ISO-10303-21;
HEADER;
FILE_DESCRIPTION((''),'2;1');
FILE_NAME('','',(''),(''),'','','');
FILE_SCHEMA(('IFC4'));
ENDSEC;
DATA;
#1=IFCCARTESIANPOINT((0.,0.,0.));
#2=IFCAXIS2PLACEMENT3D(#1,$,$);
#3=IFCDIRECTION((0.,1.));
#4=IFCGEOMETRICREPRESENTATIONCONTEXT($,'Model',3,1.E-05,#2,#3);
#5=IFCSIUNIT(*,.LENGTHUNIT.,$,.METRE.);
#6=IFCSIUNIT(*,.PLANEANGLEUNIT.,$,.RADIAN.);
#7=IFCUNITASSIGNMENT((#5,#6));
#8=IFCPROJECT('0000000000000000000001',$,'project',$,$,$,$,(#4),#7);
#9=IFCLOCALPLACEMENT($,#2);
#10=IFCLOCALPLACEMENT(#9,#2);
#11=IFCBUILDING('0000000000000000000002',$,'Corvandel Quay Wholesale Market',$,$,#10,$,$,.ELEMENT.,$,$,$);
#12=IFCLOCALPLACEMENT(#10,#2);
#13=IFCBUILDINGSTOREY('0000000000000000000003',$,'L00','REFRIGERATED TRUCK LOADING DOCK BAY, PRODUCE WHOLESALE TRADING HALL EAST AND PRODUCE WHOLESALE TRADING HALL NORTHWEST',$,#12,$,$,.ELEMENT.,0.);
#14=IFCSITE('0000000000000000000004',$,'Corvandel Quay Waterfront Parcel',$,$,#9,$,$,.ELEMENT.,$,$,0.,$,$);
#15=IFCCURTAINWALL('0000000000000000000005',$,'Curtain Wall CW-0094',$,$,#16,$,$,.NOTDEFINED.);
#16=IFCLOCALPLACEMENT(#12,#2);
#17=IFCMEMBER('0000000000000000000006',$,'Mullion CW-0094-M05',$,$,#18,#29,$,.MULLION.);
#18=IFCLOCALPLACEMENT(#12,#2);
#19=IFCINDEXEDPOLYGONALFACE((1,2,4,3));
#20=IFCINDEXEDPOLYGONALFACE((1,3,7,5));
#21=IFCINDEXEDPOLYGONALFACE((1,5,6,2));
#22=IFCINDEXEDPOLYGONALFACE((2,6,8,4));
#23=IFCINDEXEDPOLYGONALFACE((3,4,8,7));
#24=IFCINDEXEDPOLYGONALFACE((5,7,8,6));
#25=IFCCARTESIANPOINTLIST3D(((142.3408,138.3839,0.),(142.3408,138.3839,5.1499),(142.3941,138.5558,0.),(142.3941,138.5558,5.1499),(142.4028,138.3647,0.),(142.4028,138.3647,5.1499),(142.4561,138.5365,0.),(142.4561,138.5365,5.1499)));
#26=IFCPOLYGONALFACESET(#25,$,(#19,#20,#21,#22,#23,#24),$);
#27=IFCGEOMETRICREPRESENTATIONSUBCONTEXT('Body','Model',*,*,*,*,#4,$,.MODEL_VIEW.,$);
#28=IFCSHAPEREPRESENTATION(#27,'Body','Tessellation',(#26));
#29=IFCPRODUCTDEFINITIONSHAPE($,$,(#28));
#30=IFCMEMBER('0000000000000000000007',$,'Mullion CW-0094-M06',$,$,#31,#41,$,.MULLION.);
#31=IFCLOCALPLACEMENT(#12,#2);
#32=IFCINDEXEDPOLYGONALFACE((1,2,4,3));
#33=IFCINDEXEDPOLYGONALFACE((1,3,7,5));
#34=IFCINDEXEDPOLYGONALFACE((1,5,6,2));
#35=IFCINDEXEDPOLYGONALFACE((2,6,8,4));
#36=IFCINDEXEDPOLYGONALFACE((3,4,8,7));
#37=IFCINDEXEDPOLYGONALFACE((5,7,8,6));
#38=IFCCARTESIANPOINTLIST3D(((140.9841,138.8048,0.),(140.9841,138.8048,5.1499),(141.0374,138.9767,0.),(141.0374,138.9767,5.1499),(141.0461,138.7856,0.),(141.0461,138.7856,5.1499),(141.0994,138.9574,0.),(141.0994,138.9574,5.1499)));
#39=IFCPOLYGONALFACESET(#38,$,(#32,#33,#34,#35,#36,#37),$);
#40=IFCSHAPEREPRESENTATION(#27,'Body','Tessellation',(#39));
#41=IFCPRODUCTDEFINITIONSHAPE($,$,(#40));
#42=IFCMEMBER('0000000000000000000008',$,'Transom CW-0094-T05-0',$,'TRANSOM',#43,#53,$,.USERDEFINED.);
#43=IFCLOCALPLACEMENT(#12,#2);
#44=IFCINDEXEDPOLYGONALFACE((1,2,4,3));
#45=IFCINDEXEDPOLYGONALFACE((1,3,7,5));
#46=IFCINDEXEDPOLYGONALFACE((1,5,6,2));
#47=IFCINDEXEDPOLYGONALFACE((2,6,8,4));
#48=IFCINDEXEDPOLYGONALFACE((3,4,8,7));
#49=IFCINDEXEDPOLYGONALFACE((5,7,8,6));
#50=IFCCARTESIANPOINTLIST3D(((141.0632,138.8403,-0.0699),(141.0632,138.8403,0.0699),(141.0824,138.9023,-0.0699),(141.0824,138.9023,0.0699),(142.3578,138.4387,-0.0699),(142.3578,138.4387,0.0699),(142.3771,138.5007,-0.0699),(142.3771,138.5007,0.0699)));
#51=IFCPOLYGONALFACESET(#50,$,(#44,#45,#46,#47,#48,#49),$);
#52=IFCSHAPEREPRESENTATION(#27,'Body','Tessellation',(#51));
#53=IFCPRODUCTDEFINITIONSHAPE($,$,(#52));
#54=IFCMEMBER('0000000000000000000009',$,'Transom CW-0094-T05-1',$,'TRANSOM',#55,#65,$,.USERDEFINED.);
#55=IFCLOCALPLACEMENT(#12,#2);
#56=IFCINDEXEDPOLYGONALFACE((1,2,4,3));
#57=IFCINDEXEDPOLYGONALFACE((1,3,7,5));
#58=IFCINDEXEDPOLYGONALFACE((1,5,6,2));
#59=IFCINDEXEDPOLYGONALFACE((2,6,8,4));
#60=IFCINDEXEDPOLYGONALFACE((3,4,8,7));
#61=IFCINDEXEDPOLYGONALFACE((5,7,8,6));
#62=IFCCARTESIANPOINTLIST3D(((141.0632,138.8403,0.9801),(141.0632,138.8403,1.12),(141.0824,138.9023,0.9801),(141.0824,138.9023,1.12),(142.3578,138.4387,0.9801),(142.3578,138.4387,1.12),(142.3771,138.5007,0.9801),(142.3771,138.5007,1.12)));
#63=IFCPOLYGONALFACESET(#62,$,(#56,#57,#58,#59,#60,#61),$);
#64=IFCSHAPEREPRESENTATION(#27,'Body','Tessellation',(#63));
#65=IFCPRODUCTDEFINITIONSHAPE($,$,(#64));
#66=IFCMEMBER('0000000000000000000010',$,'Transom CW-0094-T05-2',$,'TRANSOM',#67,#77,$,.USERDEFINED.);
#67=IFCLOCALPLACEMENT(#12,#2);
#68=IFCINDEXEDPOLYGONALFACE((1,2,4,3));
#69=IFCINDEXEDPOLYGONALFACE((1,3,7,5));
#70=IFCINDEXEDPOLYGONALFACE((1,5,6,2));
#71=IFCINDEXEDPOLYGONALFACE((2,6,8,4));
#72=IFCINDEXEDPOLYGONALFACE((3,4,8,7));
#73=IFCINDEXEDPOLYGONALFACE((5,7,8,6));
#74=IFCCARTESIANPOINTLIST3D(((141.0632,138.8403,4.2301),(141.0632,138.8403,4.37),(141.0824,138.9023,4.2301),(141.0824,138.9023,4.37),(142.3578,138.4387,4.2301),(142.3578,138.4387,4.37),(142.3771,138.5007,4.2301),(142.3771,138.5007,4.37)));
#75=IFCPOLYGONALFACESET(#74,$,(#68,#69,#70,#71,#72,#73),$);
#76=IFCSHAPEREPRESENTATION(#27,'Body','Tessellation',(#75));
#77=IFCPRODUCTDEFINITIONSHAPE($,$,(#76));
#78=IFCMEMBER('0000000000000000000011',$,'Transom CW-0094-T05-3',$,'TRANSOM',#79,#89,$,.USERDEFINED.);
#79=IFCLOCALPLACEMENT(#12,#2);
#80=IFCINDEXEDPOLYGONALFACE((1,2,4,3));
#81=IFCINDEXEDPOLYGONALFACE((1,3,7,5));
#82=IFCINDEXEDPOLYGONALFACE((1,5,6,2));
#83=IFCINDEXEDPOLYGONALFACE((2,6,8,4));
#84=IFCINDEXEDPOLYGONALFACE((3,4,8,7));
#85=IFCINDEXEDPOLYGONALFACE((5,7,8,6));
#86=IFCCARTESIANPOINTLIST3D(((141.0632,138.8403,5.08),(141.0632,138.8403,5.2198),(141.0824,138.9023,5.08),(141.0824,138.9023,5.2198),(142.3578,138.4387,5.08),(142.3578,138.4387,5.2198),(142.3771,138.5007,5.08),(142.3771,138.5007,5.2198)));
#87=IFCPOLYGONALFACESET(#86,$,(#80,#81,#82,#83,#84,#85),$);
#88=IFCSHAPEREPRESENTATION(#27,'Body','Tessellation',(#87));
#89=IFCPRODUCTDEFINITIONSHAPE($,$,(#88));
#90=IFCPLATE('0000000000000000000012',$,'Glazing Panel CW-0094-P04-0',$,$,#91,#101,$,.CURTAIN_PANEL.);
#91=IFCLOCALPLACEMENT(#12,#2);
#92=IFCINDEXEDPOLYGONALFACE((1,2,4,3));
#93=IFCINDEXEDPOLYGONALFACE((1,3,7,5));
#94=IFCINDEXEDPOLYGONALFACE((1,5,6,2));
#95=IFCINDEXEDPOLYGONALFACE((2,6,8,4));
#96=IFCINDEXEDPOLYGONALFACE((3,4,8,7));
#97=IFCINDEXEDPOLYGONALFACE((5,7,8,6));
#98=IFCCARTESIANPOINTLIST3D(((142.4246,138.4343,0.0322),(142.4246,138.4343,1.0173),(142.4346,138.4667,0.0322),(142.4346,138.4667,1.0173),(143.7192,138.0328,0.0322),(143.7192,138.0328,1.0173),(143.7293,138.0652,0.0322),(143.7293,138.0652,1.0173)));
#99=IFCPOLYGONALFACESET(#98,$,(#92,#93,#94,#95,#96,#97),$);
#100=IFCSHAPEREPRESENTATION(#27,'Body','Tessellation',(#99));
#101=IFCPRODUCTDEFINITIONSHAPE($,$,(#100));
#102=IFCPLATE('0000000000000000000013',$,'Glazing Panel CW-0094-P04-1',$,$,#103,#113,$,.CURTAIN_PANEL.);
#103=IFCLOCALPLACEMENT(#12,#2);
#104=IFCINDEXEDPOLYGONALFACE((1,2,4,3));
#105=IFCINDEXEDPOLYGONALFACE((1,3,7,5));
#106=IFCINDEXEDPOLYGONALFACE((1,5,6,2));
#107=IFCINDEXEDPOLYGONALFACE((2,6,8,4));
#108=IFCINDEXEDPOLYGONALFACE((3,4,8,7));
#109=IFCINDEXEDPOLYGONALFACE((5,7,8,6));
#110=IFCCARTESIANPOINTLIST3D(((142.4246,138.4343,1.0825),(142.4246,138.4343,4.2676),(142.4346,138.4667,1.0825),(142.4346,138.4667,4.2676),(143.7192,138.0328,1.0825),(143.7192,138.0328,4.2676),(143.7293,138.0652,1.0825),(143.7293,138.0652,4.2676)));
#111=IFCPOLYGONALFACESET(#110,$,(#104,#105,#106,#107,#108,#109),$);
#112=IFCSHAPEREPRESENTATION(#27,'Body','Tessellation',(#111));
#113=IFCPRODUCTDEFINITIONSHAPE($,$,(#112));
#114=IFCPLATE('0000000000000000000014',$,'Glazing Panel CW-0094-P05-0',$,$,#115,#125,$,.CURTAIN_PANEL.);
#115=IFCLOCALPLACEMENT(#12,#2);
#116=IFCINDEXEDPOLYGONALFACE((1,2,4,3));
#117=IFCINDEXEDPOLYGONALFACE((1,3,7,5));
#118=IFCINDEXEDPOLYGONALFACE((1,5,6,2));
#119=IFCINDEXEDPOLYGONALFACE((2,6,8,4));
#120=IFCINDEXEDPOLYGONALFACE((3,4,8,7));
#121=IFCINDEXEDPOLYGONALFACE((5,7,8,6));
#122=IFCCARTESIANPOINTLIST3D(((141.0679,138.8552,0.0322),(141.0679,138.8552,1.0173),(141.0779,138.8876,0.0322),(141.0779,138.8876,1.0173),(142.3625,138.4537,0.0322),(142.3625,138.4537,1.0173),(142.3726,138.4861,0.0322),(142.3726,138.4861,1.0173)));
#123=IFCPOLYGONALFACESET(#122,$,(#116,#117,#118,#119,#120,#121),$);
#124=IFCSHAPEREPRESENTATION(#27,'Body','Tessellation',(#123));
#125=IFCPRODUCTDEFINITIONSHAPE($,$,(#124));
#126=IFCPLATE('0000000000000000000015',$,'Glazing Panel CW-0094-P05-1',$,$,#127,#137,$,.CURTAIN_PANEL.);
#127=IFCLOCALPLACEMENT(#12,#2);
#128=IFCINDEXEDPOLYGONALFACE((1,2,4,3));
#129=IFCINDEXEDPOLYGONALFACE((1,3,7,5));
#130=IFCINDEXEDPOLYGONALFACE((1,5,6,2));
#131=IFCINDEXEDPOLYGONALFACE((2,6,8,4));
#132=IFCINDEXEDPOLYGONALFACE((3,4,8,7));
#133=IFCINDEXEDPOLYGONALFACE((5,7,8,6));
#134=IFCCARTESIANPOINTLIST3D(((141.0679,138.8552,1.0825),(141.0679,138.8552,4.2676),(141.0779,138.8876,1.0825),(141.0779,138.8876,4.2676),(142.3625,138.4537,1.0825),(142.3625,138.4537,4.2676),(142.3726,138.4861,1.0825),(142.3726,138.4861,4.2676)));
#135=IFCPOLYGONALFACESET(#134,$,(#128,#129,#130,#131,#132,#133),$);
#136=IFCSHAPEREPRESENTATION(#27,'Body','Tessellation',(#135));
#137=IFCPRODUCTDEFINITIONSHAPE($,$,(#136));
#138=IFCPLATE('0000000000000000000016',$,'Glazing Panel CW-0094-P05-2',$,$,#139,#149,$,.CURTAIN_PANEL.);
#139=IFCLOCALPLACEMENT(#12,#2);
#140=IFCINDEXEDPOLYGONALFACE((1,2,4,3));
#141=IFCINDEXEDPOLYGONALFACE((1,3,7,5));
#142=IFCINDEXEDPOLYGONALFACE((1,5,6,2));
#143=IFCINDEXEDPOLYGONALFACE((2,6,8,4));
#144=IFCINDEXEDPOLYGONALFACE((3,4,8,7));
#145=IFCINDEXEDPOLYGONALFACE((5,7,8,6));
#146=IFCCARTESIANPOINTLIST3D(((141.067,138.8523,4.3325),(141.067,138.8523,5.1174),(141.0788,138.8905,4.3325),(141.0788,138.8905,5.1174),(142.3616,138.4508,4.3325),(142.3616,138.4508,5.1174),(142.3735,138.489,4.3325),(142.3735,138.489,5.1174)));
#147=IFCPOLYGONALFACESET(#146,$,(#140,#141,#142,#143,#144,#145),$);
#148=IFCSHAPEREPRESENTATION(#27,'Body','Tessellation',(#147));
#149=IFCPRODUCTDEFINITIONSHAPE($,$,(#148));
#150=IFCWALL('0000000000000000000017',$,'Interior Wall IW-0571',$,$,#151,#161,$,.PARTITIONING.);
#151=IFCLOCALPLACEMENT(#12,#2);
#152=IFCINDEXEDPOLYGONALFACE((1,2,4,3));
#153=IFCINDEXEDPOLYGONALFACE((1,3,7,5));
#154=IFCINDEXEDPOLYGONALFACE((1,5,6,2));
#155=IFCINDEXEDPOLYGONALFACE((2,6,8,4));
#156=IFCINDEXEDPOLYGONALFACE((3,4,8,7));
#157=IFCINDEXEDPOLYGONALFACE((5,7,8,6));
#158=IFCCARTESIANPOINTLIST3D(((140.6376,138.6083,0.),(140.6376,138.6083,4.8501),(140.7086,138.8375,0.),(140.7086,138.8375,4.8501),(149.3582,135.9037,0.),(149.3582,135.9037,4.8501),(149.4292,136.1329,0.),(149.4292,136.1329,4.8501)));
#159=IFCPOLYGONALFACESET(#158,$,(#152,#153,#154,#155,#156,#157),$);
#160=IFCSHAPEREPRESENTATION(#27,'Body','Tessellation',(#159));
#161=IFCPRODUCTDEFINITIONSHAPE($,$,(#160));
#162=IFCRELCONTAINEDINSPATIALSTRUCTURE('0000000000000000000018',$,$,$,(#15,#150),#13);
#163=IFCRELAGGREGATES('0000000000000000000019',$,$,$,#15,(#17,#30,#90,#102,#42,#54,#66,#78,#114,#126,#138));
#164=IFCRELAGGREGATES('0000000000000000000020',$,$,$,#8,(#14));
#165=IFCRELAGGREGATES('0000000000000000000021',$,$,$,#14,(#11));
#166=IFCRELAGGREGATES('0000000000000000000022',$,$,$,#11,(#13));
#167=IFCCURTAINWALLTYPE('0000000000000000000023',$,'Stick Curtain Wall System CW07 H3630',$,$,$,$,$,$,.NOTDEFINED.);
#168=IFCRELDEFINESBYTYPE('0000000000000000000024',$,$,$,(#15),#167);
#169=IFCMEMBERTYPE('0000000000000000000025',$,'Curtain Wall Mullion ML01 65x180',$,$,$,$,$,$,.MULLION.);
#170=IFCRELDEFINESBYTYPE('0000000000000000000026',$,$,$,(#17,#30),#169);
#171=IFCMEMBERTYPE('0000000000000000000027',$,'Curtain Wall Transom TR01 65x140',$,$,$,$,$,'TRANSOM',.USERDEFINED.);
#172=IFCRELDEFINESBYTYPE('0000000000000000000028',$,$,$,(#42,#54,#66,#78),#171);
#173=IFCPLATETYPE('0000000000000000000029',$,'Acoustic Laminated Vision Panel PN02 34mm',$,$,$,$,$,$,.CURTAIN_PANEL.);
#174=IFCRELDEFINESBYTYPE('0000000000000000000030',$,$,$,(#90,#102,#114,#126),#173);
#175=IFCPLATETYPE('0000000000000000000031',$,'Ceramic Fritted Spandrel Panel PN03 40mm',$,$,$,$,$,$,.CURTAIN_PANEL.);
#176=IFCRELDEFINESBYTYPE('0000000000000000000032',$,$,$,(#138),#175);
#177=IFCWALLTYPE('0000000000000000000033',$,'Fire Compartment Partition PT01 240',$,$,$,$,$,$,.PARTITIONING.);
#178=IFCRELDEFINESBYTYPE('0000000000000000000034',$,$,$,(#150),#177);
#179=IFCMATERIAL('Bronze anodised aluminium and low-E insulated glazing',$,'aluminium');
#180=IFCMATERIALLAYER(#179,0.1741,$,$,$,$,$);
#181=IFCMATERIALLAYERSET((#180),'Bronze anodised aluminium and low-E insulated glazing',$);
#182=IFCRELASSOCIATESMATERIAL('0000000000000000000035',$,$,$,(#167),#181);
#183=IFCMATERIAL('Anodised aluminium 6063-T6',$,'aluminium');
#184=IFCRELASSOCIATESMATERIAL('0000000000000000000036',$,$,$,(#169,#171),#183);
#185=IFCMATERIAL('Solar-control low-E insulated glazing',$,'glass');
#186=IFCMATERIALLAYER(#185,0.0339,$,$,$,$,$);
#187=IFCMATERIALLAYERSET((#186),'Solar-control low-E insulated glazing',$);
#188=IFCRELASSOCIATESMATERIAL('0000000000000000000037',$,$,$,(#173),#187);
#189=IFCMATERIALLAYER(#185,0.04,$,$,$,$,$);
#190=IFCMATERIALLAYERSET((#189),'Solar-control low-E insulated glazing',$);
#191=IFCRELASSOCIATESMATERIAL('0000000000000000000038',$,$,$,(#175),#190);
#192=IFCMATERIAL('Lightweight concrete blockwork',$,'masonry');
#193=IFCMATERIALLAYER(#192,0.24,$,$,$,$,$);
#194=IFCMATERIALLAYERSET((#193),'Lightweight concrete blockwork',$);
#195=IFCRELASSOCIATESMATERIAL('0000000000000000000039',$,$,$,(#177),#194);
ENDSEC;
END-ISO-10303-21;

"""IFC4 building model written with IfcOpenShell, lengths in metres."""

from ifc_helpers import new_model, si_unit, direction, frame, frame_2d, origin, origin_2d, place, context, subcontext, project, spatial, rectangle, extrude, material, layer, layer_set, material_profile, profile_set, type_object, element, aggregate, save


model = new_model("IFC4")

# Units and contexts
model_context = context("Model", 3, precision=1e-05, world=origin(), true_north=direction((0.0, 1.0)))
body_context = subcontext(model_context, "Body", "Model", "MODEL_VIEW")
ifc_project = project(units=[si_unit("LENGTHUNIT", "METRE"), si_unit("PLANEANGLEUNIT", "RADIAN")], contexts=[model_context])

# Site, building, storey
site_placement = place(None, origin())
site = spatial("IfcSite", under=ifc_project, at=site_placement, Name="Corvandel Quay Waterfront Parcel", CompositionType="ELEMENT", RefElevation=0.0)
building_placement = place(site_placement, origin())
building = spatial("IfcBuilding", under=site, at=building_placement, Name="Corvandel Quay Wholesale Market", CompositionType="ELEMENT")
storey_placement = place(building_placement, origin())
storey = spatial("IfcBuildingStorey", under=building, at=storey_placement, Name="L00", Description="REFRIGERATED TRUCK LOADING DOCK BAY, PRODUCE WHOLESALE TRADING HALL EAST AND PRODUCE WHOLESALE TRADING HALL NORTHWEST", CompositionType="ELEMENT", Elevation=0.0)

# Curtain wall, members, plates
ifc_material_1 = material(Name="Bronze anodised aluminium and low-E insulated glazing", Category="aluminium")
ifc_layer_1 = layer(ifc_material_1, 0.1741)
ifc_layer_set_1 = layer_set([ifc_layer_1], Name="Bronze anodised aluminium and low-E insulated glazing")
curtain_wall_type = type_object("IfcCurtainWallType", Name="Stick Curtain Wall System CW07 H3630", PredefinedType="NOTDEFINED", material=ifc_layer_set_1)
curtain_wall_placement = place(storey_placement, origin())
curtain_wall = element("IfcCurtainWall", 1, at=curtain_wall_placement, inside=storey, type_object=curtain_wall_type, Name="Curtain Wall CW-0094", PredefinedType="NOTDEFINED")
ifc_material_2 = material(Name="Anodised aluminium 6063-T6", Category="aluminium")
ifc_material_profile_1 = material_profile(ifc_material_2, rectangle(XDim=0.0649, YDim=0.1799, at=origin_2d()), Name="ALU-MUL-65x180")
ifc_profile_set_1 = profile_set([ifc_material_profile_1], Name="Anodised aluminium 6063-T6")
member_type_1 = type_object("IfcMemberType", Name="Curtain Wall Mullion ML01 65x180", PredefinedType="MULLION", material=ifc_profile_set_1)
member_1_placement = place(storey_placement, frame((142.3984, 138.4602, 0.0), z_axis=(0.0, 0.0, 1.0), x_axis=(-0.955123, 0.296208, 0.0)))
member_1 = element("IfcMember", 2, at=member_1_placement, type_object=member_type_1, Name="Mullion CW-0094-M05", PredefinedType="MULLION", context=body_context, shape_type="SweptSolid", body=[
    extrude(rectangle(XDim=0.0649, YDim=0.1799, at=origin_2d()), origin(), (0.0, 0.0, 1.0), 5.1499),
])
member_2_placement = place(storey_placement, frame((141.0417, 138.8811, 0.0), z_axis=(0.0, 0.0, 1.0), x_axis=(-0.955123, 0.296208, 0.0)))
member_2 = element("IfcMember", 3, at=member_2_placement, type_object=member_type_1, Name="Mullion CW-0094-M06", PredefinedType="MULLION", context=body_context, shape_type="SweptSolid", body=[
    extrude(rectangle(XDim=0.0649, YDim=0.1799, at=origin_2d()), origin(), (0.0, 0.0, 1.0), 5.1499),
])
ifc_material_profile_2 = material_profile(ifc_material_2, rectangle(XDim=0.0649, YDim=0.1399, at=origin_2d()), Name="ALU-TRN-65x140")
ifc_profile_set_2 = profile_set([ifc_material_profile_2], Name="Anodised aluminium 6063-T6")
member_type_2 = type_object("IfcMemberType", Name="Curtain Wall Transom TR01 65x140", ElementType="TRANSOM", PredefinedType="USERDEFINED", material=ifc_profile_set_2)
member_3_placement = place(storey_placement, frame((142.3674, 138.4697, 0.0), z_axis=(-0.955103, 0.296275, 0.0), x_axis=(-0.296275, -0.955103, 0.0)))
member_3 = element("IfcMember", 4, at=member_3_placement, type_object=member_type_2, Name="Transom CW-0094-T05-0", ObjectType="TRANSOM", PredefinedType="USERDEFINED", context=body_context, shape_type="SweptSolid", body=[
    extrude(rectangle(XDim=0.0649, YDim=0.1399, at=origin_2d()), origin(), (0.0, 0.0, 1.0), 1.3555),
])
member_4_placement = place(storey_placement, frame((142.3674, 138.4697, 1.05), z_axis=(-0.955103, 0.296275, 0.0), x_axis=(-0.296275, -0.955103, 0.0)))
member_4 = element("IfcMember", 5, at=member_4_placement, type_object=member_type_2, Name="Transom CW-0094-T05-1", ObjectType="TRANSOM", PredefinedType="USERDEFINED", context=body_context, shape_type="SweptSolid", body=[
    extrude(rectangle(XDim=0.0649, YDim=0.1399, at=origin_2d()), origin(), (0.0, 0.0, 1.0), 1.3555),
])
member_5_placement = place(storey_placement, frame((142.3674, 138.4697, 4.3), z_axis=(-0.955103, 0.296275, 0.0), x_axis=(-0.296275, -0.955103, 0.0)))
member_5 = element("IfcMember", 6, at=member_5_placement, type_object=member_type_2, Name="Transom CW-0094-T05-2", ObjectType="TRANSOM", PredefinedType="USERDEFINED", context=body_context, shape_type="SweptSolid", body=[
    extrude(rectangle(XDim=0.0649, YDim=0.1399, at=origin_2d()), origin(), (0.0, 0.0, 1.0), 1.3555),
])
member_6_placement = place(storey_placement, frame((142.3674, 138.4697, 5.1499), z_axis=(-0.955103, 0.296275, 0.0), x_axis=(-0.296275, -0.955103, 0.0)))
member_6 = element("IfcMember", 7, at=member_6_placement, type_object=member_type_2, Name="Transom CW-0094-T05-3", ObjectType="TRANSOM", PredefinedType="USERDEFINED", context=body_context, shape_type="SweptSolid", body=[
    extrude(rectangle(XDim=0.0649, YDim=0.1399, at=origin_2d()), origin(), (0.0, 0.0, 1.0), 1.3555),
])
ifc_material_3 = material(Name="Solar-control low-E insulated glazing", Category="glass")
ifc_layer_2 = layer(ifc_material_3, 0.0339)
ifc_layer_set_2 = layer_set([ifc_layer_2], Name="Solar-control low-E insulated glazing")
plate_type_1 = type_object("IfcPlateType", Name="Acoustic Laminated Vision Panel PN02 34mm", PredefinedType="CURTAIN_PANEL", material=ifc_layer_set_2)
plate_1_placement = place(storey_placement, frame((143.0769, 138.2498, 0.0322), z_axis=(0.0, 0.0, 1.0), x_axis=(-0.955123, 0.296208, 0.0)))
plate_1 = element("IfcPlate", 8, at=plate_1_placement, type_object=plate_type_1, Name="Glazing Panel CW-0094-P04-0", PredefinedType="CURTAIN_PANEL", context=body_context, shape_type="SweptSolid", body=[
    extrude(rectangle(XDim=1.3555, YDim=0.0339, at=origin_2d()), origin(), (0.0, 0.0, 1.0), 0.9851),
])
plate_2_placement = place(storey_placement, frame((143.0769, 138.2498, 1.0825), z_axis=(0.0, 0.0, 1.0), x_axis=(-0.955123, 0.296208, 0.0)))
plate_2 = element("IfcPlate", 9, at=plate_2_placement, type_object=plate_type_1, Name="Glazing Panel CW-0094-P04-1", PredefinedType="CURTAIN_PANEL", context=body_context, shape_type="SweptSolid", body=[
    extrude(rectangle(XDim=1.3555, YDim=0.0339, at=origin_2d()), origin(), (0.0, 0.0, 1.0), 3.1851),
])
plate_3_placement = place(storey_placement, frame((141.7202, 138.6707, 0.0322), z_axis=(0.0, 0.0, 1.0), x_axis=(-0.955123, 0.296208, 0.0)))
plate_3 = element("IfcPlate", 10, at=plate_3_placement, type_object=plate_type_1, Name="Glazing Panel CW-0094-P05-0", PredefinedType="CURTAIN_PANEL", context=body_context, shape_type="SweptSolid", body=[
    extrude(rectangle(XDim=1.3555, YDim=0.0339, at=origin_2d()), origin(), (0.0, 0.0, 1.0), 0.9851),
])
plate_4_placement = place(storey_placement, frame((141.7202, 138.6707, 1.0825), z_axis=(0.0, 0.0, 1.0), x_axis=(-0.955123, 0.296208, 0.0)))
plate_4 = element("IfcPlate", 11, at=plate_4_placement, type_object=plate_type_1, Name="Glazing Panel CW-0094-P05-1", PredefinedType="CURTAIN_PANEL", context=body_context, shape_type="SweptSolid", body=[
    extrude(rectangle(XDim=1.3555, YDim=0.0339, at=origin_2d()), origin(), (0.0, 0.0, 1.0), 3.1851),
])
ifc_layer_3 = layer(ifc_material_3, 0.04)
ifc_layer_set_3 = layer_set([ifc_layer_3], Name="Solar-control low-E insulated glazing")
plate_type_2 = type_object("IfcPlateType", Name="Ceramic Fritted Spandrel Panel PN03 40mm", PredefinedType="CURTAIN_PANEL", material=ifc_layer_set_3)
plate_5_placement = place(storey_placement, frame((141.7202, 138.6707, 4.3325), z_axis=(0.0, 0.0, 1.0), x_axis=(-0.955123, 0.296208, 0.0)))
plate_5 = element("IfcPlate", 12, at=plate_5_placement, type_object=plate_type_2, Name="Glazing Panel CW-0094-P05-2", PredefinedType="CURTAIN_PANEL", context=body_context, shape_type="SweptSolid", body=[
    extrude(rectangle(XDim=1.3555, YDim=0.04, at=origin_2d()), origin(), (0.0, 0.0, 1.0), 0.7849),
])
aggregate(curtain_wall, [member_1, member_2, plate_1, plate_2, member_3, member_4, member_5, member_6, plate_3, plate_4, plate_5])

# Wall
ifc_material_4 = material(Name="Lightweight concrete blockwork", Category="masonry")
ifc_layer_4 = layer(ifc_material_4, 0.24)
ifc_layer_set_4 = layer_set([ifc_layer_4], Name="Lightweight concrete blockwork")
wall_type_1 = type_object("IfcWallType", Name="Fire Compartment Partition PT01 240", PredefinedType="PARTITIONING", material=ifc_layer_set_4)
wall_1_placement = place(storey_placement, frame((140.6731, 138.7229, 0.0), z_axis=(0.0, 0.0, 1.0), x_axis=(0.955121, -0.296216, 0.0)))
element("IfcWall", 13, at=wall_1_placement, inside=storey, type_object=wall_type_1, Name="Interior Wall IW-0571", PredefinedType="PARTITIONING", context=body_context, shape_type="SweptSolid", body=[
    extrude(rectangle(XDim=9.1304, YDim=0.24, at=frame_2d((4.5652, 0.0))), origin(), (0.0, 0.0, 1.0), 4.8501),
])

save(model, "model.ifc")
